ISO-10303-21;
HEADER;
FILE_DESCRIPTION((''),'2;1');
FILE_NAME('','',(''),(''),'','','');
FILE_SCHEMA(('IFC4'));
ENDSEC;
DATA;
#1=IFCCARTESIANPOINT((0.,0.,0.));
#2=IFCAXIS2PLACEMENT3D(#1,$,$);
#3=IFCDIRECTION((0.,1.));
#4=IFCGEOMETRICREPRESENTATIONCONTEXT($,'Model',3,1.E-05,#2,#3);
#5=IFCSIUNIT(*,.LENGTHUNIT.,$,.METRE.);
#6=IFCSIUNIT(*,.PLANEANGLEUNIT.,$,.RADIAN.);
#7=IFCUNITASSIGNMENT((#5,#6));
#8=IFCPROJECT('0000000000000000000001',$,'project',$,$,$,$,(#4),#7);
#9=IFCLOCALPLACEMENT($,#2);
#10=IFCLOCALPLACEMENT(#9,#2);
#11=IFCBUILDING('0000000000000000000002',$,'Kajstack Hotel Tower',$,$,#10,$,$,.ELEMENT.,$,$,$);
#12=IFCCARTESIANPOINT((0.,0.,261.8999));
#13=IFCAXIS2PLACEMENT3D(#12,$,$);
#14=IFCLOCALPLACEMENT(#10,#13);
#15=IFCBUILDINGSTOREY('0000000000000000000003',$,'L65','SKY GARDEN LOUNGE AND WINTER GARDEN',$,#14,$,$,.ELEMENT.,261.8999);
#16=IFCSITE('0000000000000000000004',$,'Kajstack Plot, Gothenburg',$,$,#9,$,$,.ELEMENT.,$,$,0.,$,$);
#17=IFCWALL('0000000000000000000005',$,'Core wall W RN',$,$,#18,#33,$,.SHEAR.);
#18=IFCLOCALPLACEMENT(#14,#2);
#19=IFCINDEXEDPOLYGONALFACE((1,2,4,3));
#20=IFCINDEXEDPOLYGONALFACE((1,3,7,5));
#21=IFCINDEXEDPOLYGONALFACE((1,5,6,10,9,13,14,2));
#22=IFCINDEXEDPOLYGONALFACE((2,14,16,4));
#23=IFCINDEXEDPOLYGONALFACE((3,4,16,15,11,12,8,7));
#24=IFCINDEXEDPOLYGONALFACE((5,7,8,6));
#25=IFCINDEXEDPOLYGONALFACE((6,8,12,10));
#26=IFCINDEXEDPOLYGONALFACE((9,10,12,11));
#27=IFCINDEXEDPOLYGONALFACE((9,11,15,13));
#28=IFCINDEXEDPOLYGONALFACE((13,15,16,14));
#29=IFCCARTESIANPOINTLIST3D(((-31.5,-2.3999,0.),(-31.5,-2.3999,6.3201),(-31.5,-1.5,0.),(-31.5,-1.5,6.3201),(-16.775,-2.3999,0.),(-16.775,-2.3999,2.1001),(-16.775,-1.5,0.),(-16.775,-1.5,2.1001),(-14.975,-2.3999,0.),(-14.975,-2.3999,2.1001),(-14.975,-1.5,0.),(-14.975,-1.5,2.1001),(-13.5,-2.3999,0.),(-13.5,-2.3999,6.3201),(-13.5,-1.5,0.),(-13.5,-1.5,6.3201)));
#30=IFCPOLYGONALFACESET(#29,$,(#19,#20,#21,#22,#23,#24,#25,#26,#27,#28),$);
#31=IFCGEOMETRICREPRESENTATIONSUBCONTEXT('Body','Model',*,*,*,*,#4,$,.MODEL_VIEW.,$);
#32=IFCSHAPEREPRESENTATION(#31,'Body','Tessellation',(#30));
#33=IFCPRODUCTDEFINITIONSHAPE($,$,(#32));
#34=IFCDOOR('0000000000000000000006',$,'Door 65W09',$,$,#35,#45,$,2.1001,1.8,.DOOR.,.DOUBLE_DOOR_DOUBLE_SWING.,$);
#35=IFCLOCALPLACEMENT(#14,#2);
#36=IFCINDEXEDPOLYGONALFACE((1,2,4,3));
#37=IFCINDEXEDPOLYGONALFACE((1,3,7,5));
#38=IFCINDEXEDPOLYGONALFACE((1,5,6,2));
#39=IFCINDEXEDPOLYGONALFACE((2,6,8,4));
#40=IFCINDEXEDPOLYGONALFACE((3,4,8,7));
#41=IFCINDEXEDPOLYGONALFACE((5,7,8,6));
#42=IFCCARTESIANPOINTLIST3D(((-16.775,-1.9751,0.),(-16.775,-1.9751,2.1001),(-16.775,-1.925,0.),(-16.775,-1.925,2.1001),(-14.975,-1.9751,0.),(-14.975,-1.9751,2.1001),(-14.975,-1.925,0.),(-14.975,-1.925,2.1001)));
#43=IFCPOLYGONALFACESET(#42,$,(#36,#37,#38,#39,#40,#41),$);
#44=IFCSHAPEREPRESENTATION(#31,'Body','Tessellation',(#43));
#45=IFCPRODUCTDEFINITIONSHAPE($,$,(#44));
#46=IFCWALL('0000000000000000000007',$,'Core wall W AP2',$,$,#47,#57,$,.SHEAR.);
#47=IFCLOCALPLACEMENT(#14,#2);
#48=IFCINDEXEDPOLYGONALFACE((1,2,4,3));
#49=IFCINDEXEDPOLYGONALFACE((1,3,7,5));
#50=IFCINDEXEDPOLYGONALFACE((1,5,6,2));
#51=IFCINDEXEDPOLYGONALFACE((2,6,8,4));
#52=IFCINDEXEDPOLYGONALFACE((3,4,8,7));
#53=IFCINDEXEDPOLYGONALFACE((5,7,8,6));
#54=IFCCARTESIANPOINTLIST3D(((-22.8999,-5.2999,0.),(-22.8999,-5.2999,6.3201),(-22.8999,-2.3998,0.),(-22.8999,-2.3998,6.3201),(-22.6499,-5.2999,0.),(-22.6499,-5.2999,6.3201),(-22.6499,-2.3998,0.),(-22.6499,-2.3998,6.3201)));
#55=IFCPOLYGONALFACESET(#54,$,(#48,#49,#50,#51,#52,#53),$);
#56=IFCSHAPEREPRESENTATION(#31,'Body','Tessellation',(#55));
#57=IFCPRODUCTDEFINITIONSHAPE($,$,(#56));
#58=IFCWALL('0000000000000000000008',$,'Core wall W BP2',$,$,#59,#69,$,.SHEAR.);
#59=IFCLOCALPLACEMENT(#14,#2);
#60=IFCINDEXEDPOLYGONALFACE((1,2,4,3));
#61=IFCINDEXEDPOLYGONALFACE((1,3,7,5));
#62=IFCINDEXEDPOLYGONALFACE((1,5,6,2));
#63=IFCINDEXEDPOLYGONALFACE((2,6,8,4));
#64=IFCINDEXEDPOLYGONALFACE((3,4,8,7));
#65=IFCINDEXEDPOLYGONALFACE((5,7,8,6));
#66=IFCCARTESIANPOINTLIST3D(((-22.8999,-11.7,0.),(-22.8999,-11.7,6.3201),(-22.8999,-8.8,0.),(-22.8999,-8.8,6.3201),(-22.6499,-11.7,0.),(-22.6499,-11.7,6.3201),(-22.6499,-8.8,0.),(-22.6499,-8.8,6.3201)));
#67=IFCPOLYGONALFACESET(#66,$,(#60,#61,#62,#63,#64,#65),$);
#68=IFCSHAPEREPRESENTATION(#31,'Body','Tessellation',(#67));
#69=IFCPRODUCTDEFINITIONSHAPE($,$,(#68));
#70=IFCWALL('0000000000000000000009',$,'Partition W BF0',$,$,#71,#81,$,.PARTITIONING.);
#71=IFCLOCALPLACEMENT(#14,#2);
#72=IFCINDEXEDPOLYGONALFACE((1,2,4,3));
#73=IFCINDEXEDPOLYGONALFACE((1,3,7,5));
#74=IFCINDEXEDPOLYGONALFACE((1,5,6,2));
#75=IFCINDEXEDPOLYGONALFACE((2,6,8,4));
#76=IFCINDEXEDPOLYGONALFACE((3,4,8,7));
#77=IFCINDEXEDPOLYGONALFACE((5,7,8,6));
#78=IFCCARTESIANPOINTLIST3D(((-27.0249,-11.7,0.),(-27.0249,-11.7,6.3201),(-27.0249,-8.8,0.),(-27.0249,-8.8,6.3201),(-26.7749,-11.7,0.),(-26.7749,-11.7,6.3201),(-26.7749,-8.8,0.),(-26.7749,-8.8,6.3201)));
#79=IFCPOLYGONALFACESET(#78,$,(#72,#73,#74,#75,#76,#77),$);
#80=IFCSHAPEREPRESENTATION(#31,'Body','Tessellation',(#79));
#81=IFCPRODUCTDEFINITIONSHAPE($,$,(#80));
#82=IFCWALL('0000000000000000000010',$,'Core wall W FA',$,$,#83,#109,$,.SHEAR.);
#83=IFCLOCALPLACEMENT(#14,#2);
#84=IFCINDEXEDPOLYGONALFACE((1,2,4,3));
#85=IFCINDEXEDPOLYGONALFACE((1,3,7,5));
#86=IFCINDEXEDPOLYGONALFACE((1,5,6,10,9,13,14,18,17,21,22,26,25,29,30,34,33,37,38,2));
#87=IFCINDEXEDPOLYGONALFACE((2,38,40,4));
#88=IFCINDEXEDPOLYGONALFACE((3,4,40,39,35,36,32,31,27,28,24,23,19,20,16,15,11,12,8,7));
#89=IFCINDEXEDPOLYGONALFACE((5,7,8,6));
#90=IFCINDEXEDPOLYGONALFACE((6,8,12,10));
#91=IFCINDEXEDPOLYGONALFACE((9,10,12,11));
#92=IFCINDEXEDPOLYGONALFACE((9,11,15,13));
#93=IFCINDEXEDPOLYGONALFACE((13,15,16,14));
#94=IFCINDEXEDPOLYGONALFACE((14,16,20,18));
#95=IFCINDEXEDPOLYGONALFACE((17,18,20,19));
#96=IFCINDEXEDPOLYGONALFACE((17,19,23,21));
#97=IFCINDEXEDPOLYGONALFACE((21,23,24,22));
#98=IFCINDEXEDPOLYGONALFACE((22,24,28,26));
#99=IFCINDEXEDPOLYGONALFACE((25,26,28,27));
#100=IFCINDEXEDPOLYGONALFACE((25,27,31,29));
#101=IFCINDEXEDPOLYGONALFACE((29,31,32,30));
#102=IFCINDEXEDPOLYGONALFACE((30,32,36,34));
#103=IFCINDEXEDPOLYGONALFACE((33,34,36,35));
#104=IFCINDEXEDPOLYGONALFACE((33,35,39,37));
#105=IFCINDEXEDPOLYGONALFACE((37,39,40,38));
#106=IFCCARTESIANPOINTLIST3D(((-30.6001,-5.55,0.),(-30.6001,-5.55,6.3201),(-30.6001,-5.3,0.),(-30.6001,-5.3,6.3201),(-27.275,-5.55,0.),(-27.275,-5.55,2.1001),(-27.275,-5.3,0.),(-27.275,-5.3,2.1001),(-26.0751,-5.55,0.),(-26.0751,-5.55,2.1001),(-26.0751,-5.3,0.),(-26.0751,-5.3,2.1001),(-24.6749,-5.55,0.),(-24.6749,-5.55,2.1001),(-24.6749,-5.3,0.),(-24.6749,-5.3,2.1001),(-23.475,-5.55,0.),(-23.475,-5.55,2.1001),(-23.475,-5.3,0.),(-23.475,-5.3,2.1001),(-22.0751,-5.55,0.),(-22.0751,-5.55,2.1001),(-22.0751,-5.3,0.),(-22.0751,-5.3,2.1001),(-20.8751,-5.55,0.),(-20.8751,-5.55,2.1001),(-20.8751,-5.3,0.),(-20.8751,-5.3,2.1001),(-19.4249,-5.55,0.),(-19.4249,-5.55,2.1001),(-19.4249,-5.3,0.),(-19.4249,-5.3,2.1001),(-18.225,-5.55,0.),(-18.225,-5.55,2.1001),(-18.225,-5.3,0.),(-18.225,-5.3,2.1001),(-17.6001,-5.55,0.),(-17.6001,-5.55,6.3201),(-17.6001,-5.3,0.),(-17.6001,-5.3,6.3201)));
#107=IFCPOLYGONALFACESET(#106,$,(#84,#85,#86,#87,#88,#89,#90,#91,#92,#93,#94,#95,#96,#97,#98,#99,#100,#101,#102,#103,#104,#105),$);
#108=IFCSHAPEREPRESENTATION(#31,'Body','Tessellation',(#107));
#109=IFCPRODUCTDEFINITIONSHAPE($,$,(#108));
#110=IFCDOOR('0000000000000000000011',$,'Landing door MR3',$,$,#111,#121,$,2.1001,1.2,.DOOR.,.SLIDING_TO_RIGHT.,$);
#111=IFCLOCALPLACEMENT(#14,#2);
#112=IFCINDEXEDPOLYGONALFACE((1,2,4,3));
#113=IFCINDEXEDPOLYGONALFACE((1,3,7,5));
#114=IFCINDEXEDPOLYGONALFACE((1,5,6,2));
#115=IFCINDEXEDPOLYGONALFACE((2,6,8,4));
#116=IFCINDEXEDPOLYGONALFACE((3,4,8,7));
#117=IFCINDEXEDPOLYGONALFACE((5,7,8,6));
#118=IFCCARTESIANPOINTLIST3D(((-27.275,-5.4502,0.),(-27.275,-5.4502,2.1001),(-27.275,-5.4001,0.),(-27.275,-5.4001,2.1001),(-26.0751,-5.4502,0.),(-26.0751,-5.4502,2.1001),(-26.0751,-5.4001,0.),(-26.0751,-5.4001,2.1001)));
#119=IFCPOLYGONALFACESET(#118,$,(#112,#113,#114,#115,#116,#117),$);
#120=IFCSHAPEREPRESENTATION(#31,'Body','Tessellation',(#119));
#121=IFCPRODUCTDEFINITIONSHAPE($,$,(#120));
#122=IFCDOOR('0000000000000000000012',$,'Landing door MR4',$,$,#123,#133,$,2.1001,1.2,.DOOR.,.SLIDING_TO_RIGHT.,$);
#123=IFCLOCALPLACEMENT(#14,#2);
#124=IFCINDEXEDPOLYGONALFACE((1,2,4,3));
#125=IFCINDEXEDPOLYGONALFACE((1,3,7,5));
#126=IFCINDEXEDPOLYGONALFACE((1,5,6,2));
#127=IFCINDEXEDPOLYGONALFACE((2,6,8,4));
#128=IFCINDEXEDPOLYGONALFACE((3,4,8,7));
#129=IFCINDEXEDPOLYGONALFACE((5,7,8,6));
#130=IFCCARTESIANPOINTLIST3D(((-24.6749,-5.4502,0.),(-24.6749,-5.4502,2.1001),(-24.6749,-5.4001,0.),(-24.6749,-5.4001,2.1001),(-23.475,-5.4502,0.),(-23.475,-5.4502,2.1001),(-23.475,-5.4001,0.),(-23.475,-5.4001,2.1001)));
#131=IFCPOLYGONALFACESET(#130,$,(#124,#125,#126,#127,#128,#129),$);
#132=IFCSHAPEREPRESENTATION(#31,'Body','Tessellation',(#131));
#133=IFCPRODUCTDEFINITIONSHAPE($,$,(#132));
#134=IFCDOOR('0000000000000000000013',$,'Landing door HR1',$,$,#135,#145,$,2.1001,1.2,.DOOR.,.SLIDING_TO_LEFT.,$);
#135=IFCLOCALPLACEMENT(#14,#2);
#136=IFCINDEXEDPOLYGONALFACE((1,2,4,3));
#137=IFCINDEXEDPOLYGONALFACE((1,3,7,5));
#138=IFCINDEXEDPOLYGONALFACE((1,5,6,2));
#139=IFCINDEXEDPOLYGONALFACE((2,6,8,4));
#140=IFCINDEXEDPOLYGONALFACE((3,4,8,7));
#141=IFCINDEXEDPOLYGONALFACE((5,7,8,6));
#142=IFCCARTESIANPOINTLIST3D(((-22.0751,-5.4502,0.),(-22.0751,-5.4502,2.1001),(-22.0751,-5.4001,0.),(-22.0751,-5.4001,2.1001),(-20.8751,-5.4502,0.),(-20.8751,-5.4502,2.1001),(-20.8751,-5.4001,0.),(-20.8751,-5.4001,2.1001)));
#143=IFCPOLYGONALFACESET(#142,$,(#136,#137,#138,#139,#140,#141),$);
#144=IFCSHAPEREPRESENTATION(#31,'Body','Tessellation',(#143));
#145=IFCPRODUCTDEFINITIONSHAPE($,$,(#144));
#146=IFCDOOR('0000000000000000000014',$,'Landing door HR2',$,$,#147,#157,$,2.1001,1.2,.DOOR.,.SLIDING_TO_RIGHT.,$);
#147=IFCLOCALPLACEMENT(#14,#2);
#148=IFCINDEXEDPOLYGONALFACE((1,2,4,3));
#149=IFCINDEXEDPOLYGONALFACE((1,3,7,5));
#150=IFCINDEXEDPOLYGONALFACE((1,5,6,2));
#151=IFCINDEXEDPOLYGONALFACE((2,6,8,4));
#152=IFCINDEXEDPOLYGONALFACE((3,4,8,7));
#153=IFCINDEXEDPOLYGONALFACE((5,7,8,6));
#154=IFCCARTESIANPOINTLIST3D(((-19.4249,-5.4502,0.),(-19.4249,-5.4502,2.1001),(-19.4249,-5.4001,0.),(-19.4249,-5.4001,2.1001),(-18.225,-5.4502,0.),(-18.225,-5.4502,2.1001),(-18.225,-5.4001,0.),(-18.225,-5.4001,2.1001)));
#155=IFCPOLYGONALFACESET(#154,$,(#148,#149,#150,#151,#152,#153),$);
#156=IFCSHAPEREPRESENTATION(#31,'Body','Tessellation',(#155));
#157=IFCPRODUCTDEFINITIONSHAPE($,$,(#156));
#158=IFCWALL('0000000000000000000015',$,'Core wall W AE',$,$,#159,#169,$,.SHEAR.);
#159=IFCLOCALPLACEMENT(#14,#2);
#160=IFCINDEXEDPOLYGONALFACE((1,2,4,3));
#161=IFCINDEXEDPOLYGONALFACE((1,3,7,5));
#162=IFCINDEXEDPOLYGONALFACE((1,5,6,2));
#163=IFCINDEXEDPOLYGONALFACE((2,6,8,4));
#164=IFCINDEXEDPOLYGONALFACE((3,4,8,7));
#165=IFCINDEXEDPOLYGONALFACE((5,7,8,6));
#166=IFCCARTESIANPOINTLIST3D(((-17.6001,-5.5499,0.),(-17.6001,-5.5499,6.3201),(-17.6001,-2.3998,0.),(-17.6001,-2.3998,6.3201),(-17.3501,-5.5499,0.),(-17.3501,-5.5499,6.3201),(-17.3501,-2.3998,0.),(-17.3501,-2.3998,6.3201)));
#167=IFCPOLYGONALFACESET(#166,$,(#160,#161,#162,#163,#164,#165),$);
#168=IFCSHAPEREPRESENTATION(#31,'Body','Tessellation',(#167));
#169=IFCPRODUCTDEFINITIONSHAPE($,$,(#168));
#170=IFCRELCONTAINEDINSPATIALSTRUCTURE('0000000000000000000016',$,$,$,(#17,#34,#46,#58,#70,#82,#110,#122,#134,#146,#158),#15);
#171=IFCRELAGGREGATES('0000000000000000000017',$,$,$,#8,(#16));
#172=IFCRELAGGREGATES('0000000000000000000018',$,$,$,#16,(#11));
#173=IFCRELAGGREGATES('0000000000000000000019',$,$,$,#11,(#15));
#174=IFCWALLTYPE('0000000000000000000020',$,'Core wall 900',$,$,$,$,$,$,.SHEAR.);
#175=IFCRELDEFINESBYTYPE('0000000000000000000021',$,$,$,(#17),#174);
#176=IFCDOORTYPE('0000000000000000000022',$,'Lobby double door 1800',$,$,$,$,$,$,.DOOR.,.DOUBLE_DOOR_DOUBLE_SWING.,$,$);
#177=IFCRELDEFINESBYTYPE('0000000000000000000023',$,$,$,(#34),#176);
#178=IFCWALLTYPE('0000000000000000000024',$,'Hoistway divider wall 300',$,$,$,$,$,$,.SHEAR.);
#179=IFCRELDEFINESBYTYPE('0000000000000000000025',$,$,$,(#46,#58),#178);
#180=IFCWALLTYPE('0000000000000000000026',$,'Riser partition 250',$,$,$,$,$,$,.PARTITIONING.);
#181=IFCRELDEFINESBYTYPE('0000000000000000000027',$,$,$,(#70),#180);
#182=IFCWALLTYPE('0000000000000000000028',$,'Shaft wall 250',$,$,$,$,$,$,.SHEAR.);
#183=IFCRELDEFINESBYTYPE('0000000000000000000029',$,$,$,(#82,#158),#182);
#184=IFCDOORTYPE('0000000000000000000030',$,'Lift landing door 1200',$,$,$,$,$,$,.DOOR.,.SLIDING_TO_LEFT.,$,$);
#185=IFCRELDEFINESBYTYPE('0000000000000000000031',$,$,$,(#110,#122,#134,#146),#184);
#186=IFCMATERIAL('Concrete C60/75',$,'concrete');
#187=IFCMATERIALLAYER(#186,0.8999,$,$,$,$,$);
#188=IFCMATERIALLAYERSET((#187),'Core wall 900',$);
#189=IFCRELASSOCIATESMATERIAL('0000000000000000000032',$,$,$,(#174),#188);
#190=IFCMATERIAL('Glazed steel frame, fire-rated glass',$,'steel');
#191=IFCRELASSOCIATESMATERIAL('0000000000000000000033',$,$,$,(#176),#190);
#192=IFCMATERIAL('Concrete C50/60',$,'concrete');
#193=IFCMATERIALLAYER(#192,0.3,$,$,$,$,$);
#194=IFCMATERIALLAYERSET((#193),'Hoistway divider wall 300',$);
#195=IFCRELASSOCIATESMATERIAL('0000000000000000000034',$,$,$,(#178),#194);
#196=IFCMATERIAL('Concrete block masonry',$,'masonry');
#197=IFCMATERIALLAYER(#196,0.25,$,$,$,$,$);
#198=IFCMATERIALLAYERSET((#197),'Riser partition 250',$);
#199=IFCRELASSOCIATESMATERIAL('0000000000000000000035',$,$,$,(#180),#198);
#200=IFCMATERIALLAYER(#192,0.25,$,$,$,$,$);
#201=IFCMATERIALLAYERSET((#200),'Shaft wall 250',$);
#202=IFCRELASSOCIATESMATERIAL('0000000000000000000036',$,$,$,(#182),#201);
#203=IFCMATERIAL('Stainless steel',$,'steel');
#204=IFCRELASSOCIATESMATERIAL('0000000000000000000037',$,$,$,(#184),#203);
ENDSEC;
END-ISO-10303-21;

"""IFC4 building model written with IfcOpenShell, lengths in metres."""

from ifc_helpers import new_model, si_unit, direction, frame, frame_2d, origin, place, context, subcontext, project, spatial, rectangle, extrude, material, layer, layer_set, type_object, element, fill, save


model = new_model("IFC4")

# Units and contexts
model_context = context("Model", 3, precision=1e-05, world=origin(), true_north=direction((0.0, 1.0)))
body_context = subcontext(model_context, "Body", "Model", "MODEL_VIEW")
ifc_project = project(units=[si_unit("LENGTHUNIT", "METRE"), si_unit("PLANEANGLEUNIT", "RADIAN")], contexts=[model_context])

# Site, building, storey
site_placement = place(None, origin())
site = spatial("IfcSite", under=ifc_project, at=site_placement, Name="Kajstack Plot, Gothenburg", CompositionType="ELEMENT", RefElevation=0.0)
building_placement = place(site_placement, origin())
building = spatial("IfcBuilding", under=site, at=building_placement, Name="Kajstack Hotel Tower", CompositionType="ELEMENT")
storey_placement = place(building_placement, frame((0.0, 0.0, 261.8999)))
storey = spatial("IfcBuildingStorey", under=building, at=storey_placement, Name="L65", Description="SKY GARDEN LOUNGE AND WINTER GARDEN", CompositionType="ELEMENT", Elevation=261.8999)

# Wall, opening, door
ifc_material_1 = material(Name="Concrete C60/75", Category="concrete")
ifc_layer_1 = layer(ifc_material_1, 0.8999)
ifc_layer_set_1 = layer_set([ifc_layer_1], Name="Core wall 900")
wall_type_1 = type_object("IfcWallType", Name="Core wall 900", PredefinedType="SHEAR", material=ifc_layer_set_1)
wall_1_placement = place(storey_placement, frame((-31.5, -1.95, 0.0), z_axis=(0.0, 0.0, 1.0), x_axis=(1.0, 0.0, 0.0)))
wall_1 = element("IfcWall", 1, at=wall_1_placement, inside=storey, type_object=wall_type_1, Name="Core wall W RN", PredefinedType="SHEAR", context=body_context, shape_type="SweptSolid", body=[
    extrude(rectangle(XDim=18.0, YDim=0.8999, at=frame_2d((9.0, 0.0))), origin(), (0.0, 0.0, 1.0), 6.3201),
])
opening_1_placement = place(wall_1_placement, frame((14.7251, 0.0, 0.0)))
opening_1 = element("IfcOpeningElement", 2, at=opening_1_placement, cuts=wall_1, PredefinedType="OPENING", context=body_context, shape_type="SweptSolid", body=[
    extrude(rectangle(XDim=1.8, YDim=2.1001, at=frame_2d((0.8999, 1.05))), frame((0.0, 0.46, 0.0), z_axis=(0.0, -1.0, 0.0), x_axis=(1.0, 0.0, 0.0)), (0.0, 0.0, 1.0), 0.9199),
])
ifc_material_2 = material(Name="Glazed steel frame, fire-rated glass", Category="steel")
door_type_1 = type_object("IfcDoorType", Name="Lobby double door 1800", OperationType="DOUBLE_DOOR_DOUBLE_SWING", PredefinedType="DOOR", material=ifc_material_2)
door_1_placement = place(opening_1_placement, origin())
door_1 = element("IfcDoor", 3, at=door_1_placement, inside=storey, type_object=door_type_1, Name="Door 65W09", OperationType="DOUBLE_DOOR_DOUBLE_SWING", OverallHeight=2.1001, OverallWidth=1.8, PredefinedType="DOOR", context=body_context, shape_type="SweptSolid", body=[
    extrude(rectangle(XDim=1.8, YDim=2.1001, at=frame_2d((0.8999, 1.05))), frame((0.0, 0.0249, 0.0), z_axis=(0.0, -1.0, 0.0), x_axis=(1.0, 0.0, 0.0)), (0.0, 0.0, 1.0), 0.05),
])
fill(opening_1, door_1)

# Walls
ifc_material_3 = material(Name="Concrete C50/60", Category="concrete")
ifc_layer_2 = layer(ifc_material_3, 0.3)
ifc_layer_set_2 = layer_set([ifc_layer_2], Name="Hoistway divider wall 300")
wall_type_2 = type_object("IfcWallType", Name="Hoistway divider wall 300", PredefinedType="SHEAR", material=ifc_layer_set_2)
wall_2_placement = place(storey_placement, frame((-22.7749, -5.3, 0.0), z_axis=(0.0, 0.0, 1.0), x_axis=(0.0, 1.0, 0.0)))
element("IfcWall", 4, at=wall_2_placement, inside=storey, type_object=wall_type_2, Name="Core wall W AP2", PredefinedType="SHEAR", context=body_context, shape_type="SweptSolid", body=[
    extrude(rectangle(XDim=2.9001, YDim=0.25, at=frame_2d((1.4502, 0.0))), origin(), (0.0, 0.0, 1.0), 6.3201),
])
wall_3_placement = place(storey_placement, frame((-22.7749, -11.7, 0.0), z_axis=(0.0, 0.0, 1.0), x_axis=(0.0, 1.0, 0.0)))
element("IfcWall", 5, at=wall_3_placement, inside=storey, type_object=wall_type_2, Name="Core wall W BP2", PredefinedType="SHEAR", context=body_context, shape_type="SweptSolid", body=[
    extrude(rectangle(XDim=2.8999, YDim=0.25, at=frame_2d((1.45, 0.0))), origin(), (0.0, 0.0, 1.0), 6.3201),
])
ifc_material_4 = material(Name="Concrete block masonry", Category="masonry")
ifc_layer_3 = layer(ifc_material_4, 0.25)
ifc_layer_set_3 = layer_set([ifc_layer_3], Name="Riser partition 250")
wall_type_3 = type_object("IfcWallType", Name="Riser partition 250", PredefinedType="PARTITIONING", material=ifc_layer_set_3)
wall_4_placement = place(storey_placement, frame((-26.8999, -11.7, 0.0), z_axis=(0.0, 0.0, 1.0), x_axis=(0.0, 1.0, 0.0)))
element("IfcWall", 6, at=wall_4_placement, inside=storey, type_object=wall_type_3, Name="Partition W BF0", PredefinedType="PARTITIONING", context=body_context, shape_type="SweptSolid", body=[
    extrude(rectangle(XDim=2.8999, YDim=0.25, at=frame_2d((1.45, 0.0))), origin(), (0.0, 0.0, 1.0), 6.3201),
])

# Wall, openings, doors
ifc_layer_4 = layer(ifc_material_3, 0.25)
ifc_layer_set_4 = layer_set([ifc_layer_4], Name="Shaft wall 250")
wall_type_4 = type_object("IfcWallType", Name="Shaft wall 250", PredefinedType="SHEAR", material=ifc_layer_set_4)
wall_5_placement = place(storey_placement, frame((-30.6001, -5.425, 0.0), z_axis=(0.0, 0.0, 1.0), x_axis=(1.0, 0.0, 0.0)))
wall_5 = element("IfcWall", 7, at=wall_5_placement, inside=storey, type_object=wall_type_4, Name="Core wall W FA", PredefinedType="SHEAR", context=body_context, shape_type="SweptSolid", body=[
    extrude(rectangle(XDim=13.0, YDim=0.25, at=frame_2d((6.5, 0.0))), origin(), (0.0, 0.0, 1.0), 6.3201),
])
opening_2_placement = place(wall_5_placement, frame((3.325, 0.0, 0.0)))
opening_2 = element("IfcOpeningElement", 8, at=opening_2_placement, cuts=wall_5, PredefinedType="OPENING", context=body_context, shape_type="SweptSolid", body=[
    extrude(rectangle(XDim=1.2, YDim=2.1001, at=frame_2d((0.6001, 1.05))), frame((0.0, 0.135, 0.0), z_axis=(0.0, -1.0, 0.0), x_axis=(1.0, 0.0, 0.0)), (0.0, 0.0, 1.0), 0.27),
])
opening_3_placement = place(wall_5_placement, frame((5.925, 0.0, 0.0)))
opening_3 = element("IfcOpeningElement", 9, at=opening_3_placement, cuts=wall_5, PredefinedType="OPENING", context=body_context, shape_type="SweptSolid", body=[
    extrude(rectangle(XDim=1.2, YDim=2.1001, at=frame_2d((0.6001, 1.05))), frame((0.0, 0.135, 0.0), z_axis=(0.0, -1.0, 0.0), x_axis=(1.0, 0.0, 0.0)), (0.0, 0.0, 1.0), 0.27),
])
opening_4_placement = place(wall_5_placement, frame((8.5249, 0.0, 0.0)))
opening_4 = element("IfcOpeningElement", 10, at=opening_4_placement, cuts=wall_5, PredefinedType="OPENING", context=body_context, shape_type="SweptSolid", body=[
    extrude(rectangle(XDim=1.2, YDim=2.1001, at=frame_2d((0.6001, 1.05))), frame((0.0, 0.135, 0.0), z_axis=(0.0, -1.0, 0.0), x_axis=(1.0, 0.0, 0.0)), (0.0, 0.0, 1.0), 0.27),
])
opening_5_placement = place(wall_5_placement, frame((11.175, 0.0, 0.0)))
opening_5 = element("IfcOpeningElement", 11, at=opening_5_placement, cuts=wall_5, PredefinedType="OPENING", context=body_context, shape_type="SweptSolid", body=[
    extrude(rectangle(XDim=1.2, YDim=2.1001, at=frame_2d((0.6001, 1.05))), frame((0.0, 0.135, 0.0), z_axis=(0.0, -1.0, 0.0), x_axis=(1.0, 0.0, 0.0)), (0.0, 0.0, 1.0), 0.27),
])
ifc_material_5 = material(Name="Stainless steel", Category="steel")
door_type_2 = type_object("IfcDoorType", Name="Lift landing door 1200", OperationType="SLIDING_TO_LEFT", PredefinedType="DOOR", material=ifc_material_5)
door_2_placement = place(opening_2_placement, origin())
door_2 = element("IfcDoor", 12, at=door_2_placement, inside=storey, type_object=door_type_2, Name="Landing door MR3", OperationType="SLIDING_TO_RIGHT", OverallHeight=2.1001, OverallWidth=1.2, PredefinedType="DOOR", context=body_context, shape_type="SweptSolid", body=[
    extrude(rectangle(XDim=1.2, YDim=2.1001, at=frame_2d((0.6001, 1.05))), frame((0.0, 0.0249, 0.0), z_axis=(0.0, -1.0, 0.0), x_axis=(1.0, 0.0, 0.0)), (0.0, 0.0, 1.0), 0.05),
])
fill(opening_2, door_2)
door_3_placement = place(opening_3_placement, origin())
door_3 = element("IfcDoor", 13, at=door_3_placement, inside=storey, type_object=door_type_2, Name="Landing door MR4", OperationType="SLIDING_TO_RIGHT", OverallHeight=2.1001, OverallWidth=1.2, PredefinedType="DOOR", context=body_context, shape_type="SweptSolid", body=[
    extrude(rectangle(XDim=1.2, YDim=2.1001, at=frame_2d((0.6001, 1.05))), frame((0.0, 0.0249, 0.0), z_axis=(0.0, -1.0, 0.0), x_axis=(1.0, 0.0, 0.0)), (0.0, 0.0, 1.0), 0.05),
])
fill(opening_3, door_3)
door_4_placement = place(opening_4_placement, origin())
door_4 = element("IfcDoor", 14, at=door_4_placement, inside=storey, type_object=door_type_2, Name="Landing door HR1", OperationType="SLIDING_TO_LEFT", OverallHeight=2.1001, OverallWidth=1.2, PredefinedType="DOOR", context=body_context, shape_type="SweptSolid", body=[
    extrude(rectangle(XDim=1.2, YDim=2.1001, at=frame_2d((0.6001, 1.05))), frame((0.0, 0.0249, 0.0), z_axis=(0.0, -1.0, 0.0), x_axis=(1.0, 0.0, 0.0)), (0.0, 0.0, 1.0), 0.05),
])
fill(opening_4, door_4)
door_5_placement = place(opening_5_placement, origin())
door_5 = element("IfcDoor", 15, at=door_5_placement, inside=storey, type_object=door_type_2, Name="Landing door HR2", OperationType="SLIDING_TO_RIGHT", OverallHeight=2.1001, OverallWidth=1.2, PredefinedType="DOOR", context=body_context, shape_type="SweptSolid", body=[
    extrude(rectangle(XDim=1.2, YDim=2.1001, at=frame_2d((0.6001, 1.05))), frame((0.0, 0.0249, 0.0), z_axis=(0.0, -1.0, 0.0), x_axis=(1.0, 0.0, 0.0)), (0.0, 0.0, 1.0), 0.05),
])
fill(opening_5, door_5)

# Wall
wall_6_placement = place(storey_placement, frame((-17.4751, -5.55, 0.0), z_axis=(0.0, 0.0, 1.0), x_axis=(0.0, 1.0, 0.0)))
element("IfcWall", 16, at=wall_6_placement, inside=storey, type_object=wall_type_4, Name="Core wall W AE", PredefinedType="SHEAR", context=body_context, shape_type="SweptSolid", body=[
    extrude(rectangle(XDim=3.1501, YDim=0.25, at=frame_2d((1.5752, 0.0))), origin(), (0.0, 0.0, 1.0), 6.3201),
])

save(model, "model.ifc")
